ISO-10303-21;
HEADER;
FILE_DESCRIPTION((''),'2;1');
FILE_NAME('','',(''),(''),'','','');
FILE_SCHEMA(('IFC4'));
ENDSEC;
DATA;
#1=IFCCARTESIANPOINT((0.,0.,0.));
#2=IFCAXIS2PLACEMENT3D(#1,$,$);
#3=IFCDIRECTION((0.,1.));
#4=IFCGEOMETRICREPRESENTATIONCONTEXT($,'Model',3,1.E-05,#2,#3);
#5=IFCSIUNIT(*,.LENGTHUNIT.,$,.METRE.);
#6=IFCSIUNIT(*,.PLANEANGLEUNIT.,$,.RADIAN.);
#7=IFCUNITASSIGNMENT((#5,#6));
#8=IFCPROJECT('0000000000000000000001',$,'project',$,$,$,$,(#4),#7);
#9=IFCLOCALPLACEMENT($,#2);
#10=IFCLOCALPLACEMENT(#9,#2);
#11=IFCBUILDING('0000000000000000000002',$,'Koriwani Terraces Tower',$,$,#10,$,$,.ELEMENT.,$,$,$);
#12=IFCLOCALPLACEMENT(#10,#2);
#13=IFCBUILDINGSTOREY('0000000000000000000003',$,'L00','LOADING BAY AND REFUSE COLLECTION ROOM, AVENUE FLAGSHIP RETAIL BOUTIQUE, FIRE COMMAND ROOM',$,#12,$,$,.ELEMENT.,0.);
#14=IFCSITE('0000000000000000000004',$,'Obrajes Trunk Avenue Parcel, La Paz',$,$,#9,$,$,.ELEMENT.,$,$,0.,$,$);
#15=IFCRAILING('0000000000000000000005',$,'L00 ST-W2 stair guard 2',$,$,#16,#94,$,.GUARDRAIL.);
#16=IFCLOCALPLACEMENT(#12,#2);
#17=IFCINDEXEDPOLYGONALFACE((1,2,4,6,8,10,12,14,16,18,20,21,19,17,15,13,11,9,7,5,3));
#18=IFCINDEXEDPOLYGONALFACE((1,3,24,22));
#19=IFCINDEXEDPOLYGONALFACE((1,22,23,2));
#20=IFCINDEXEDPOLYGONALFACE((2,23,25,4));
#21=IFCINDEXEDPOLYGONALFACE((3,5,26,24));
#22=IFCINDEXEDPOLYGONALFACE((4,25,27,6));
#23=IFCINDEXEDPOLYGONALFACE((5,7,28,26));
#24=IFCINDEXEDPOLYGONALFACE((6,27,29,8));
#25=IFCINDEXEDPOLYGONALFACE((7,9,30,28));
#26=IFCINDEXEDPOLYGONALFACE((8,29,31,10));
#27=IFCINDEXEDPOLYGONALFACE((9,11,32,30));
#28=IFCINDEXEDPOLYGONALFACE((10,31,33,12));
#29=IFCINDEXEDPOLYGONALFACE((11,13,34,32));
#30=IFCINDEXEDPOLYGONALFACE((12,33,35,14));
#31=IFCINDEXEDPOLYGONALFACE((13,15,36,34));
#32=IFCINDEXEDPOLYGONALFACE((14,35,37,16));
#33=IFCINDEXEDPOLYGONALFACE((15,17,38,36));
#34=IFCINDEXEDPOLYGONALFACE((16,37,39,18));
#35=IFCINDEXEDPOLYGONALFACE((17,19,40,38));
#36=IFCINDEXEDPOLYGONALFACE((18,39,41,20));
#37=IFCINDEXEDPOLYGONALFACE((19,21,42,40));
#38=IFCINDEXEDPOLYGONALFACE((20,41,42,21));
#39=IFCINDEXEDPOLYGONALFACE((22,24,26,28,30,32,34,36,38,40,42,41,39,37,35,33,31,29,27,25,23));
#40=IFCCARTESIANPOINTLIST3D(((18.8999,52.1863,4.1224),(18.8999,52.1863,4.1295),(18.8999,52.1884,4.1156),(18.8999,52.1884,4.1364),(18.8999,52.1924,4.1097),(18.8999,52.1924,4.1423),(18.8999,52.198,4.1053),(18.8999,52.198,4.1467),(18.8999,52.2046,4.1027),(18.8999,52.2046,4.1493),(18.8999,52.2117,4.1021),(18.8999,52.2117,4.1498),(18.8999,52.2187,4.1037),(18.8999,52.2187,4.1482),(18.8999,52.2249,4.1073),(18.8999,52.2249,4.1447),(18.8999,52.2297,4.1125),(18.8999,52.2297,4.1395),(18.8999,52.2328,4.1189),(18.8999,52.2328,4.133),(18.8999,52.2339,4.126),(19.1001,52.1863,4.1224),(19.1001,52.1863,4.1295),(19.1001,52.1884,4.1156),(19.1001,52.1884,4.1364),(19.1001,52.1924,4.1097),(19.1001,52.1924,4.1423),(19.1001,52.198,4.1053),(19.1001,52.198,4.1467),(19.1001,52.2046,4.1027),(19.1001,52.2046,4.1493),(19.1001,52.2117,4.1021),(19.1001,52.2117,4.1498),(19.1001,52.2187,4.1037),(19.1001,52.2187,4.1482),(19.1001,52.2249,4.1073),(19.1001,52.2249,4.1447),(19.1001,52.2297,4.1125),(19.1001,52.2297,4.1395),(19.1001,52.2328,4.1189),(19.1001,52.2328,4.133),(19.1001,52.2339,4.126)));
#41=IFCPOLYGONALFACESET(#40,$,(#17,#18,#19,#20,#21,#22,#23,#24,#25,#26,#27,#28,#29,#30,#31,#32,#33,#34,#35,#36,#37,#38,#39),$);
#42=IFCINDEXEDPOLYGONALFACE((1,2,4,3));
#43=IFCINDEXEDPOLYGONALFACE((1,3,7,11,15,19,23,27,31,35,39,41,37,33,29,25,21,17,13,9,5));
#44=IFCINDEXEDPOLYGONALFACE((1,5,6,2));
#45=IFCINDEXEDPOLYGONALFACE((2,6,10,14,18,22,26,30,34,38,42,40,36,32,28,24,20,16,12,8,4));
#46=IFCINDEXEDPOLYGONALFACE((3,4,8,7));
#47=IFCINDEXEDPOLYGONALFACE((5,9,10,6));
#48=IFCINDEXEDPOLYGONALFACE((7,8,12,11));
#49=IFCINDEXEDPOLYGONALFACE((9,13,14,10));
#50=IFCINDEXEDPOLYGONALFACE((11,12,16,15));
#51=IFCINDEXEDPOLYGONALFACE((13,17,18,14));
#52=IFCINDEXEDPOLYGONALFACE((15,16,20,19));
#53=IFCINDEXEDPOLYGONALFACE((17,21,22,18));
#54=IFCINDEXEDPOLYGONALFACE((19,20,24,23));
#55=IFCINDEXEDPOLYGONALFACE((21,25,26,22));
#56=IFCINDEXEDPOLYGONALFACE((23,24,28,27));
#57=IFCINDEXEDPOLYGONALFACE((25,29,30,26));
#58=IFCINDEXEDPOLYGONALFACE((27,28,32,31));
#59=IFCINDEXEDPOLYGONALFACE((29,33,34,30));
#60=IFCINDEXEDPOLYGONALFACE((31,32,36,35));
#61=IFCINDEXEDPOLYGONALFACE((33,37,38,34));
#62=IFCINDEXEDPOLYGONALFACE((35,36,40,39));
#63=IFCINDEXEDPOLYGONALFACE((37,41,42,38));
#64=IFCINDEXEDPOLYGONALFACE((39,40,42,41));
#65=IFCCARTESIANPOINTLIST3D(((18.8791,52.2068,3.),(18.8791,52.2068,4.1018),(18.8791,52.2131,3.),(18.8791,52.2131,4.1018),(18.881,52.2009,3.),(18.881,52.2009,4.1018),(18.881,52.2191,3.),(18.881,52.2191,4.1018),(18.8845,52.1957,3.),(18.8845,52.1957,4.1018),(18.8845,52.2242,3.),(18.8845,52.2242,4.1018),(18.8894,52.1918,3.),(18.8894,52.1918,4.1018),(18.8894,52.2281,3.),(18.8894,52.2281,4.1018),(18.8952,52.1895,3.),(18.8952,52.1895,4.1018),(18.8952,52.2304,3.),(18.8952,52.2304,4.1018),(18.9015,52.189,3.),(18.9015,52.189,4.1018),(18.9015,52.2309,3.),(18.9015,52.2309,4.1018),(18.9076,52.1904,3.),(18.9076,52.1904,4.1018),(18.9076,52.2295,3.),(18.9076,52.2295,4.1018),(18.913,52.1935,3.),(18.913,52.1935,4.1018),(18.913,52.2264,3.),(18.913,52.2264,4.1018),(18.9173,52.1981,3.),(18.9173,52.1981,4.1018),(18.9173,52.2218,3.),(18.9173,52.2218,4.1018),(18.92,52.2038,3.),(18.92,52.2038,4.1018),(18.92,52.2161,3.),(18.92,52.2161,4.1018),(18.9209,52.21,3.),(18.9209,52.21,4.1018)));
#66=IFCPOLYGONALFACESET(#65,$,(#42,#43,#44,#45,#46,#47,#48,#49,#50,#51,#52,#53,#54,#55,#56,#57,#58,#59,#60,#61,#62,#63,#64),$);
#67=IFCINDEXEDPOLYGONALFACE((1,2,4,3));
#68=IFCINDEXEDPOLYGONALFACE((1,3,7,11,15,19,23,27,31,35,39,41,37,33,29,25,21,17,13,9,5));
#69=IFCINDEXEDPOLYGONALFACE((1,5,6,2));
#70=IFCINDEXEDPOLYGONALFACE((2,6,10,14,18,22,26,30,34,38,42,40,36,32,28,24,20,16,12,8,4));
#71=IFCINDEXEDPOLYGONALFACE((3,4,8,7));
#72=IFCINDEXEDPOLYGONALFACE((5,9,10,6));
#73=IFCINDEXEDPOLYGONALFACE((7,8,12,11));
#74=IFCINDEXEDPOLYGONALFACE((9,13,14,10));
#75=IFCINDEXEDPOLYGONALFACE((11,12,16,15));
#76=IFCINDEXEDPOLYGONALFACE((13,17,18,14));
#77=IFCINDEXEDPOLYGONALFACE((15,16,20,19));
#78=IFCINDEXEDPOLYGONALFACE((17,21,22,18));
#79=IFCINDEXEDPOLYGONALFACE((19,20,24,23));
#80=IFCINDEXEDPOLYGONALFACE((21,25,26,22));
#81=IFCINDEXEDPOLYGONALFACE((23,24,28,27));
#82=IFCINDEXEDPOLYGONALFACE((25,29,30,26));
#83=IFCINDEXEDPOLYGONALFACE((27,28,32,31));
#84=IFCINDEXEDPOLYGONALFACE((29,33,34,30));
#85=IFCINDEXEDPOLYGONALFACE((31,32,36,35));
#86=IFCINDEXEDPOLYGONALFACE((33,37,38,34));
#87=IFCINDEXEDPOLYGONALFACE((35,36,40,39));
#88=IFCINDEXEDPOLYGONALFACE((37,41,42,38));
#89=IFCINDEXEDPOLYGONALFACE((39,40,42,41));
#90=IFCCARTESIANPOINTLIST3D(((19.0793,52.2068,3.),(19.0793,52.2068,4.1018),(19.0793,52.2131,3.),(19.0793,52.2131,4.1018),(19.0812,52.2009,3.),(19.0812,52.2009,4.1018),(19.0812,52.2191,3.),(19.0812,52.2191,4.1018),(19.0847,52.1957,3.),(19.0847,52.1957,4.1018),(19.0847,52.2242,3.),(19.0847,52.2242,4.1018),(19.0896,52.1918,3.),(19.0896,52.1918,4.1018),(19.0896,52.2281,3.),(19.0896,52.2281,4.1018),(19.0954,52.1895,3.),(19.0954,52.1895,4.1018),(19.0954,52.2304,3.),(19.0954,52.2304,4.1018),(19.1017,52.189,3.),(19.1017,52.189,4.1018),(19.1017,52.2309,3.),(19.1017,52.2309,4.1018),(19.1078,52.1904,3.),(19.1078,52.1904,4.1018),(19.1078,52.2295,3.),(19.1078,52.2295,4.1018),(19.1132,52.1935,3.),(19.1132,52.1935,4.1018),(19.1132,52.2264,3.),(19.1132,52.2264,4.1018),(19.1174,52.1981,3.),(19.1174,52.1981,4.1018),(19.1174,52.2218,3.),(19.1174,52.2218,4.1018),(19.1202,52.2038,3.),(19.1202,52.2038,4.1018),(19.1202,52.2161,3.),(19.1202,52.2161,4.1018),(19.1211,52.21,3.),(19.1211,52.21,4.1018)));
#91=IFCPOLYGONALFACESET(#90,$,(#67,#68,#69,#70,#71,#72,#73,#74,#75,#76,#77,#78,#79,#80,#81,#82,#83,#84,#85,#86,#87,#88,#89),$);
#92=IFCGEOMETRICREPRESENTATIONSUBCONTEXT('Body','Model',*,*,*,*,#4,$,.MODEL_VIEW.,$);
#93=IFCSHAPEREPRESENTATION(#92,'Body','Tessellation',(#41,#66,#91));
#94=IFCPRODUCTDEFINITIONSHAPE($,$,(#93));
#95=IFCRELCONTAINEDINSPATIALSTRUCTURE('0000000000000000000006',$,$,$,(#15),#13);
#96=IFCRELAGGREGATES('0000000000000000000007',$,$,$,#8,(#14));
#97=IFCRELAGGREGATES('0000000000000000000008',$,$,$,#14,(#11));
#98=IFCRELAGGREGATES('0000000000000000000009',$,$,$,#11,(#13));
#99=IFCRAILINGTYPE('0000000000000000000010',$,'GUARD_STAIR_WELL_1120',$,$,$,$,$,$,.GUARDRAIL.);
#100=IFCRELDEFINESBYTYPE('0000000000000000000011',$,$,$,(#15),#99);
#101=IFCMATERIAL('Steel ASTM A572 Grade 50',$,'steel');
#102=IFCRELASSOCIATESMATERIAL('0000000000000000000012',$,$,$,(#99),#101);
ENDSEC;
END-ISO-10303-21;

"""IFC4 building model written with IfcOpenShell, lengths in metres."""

from ifc_helpers import new_model, si_unit, direction, frame, origin, origin_2d, place, context, subcontext, project, spatial, circle, extrude, material, type_object, element, save


model = new_model("IFC4")

# Units and contexts
model_context = context("Model", 3, precision=1e-05, world=origin(), true_north=direction((0.0, 1.0)))
body_context = subcontext(model_context, "Body", "Model", "MODEL_VIEW")
ifc_project = project(units=[si_unit("LENGTHUNIT", "METRE"), si_unit("PLANEANGLEUNIT", "RADIAN")], contexts=[model_context])

# Site, building, storey
site_placement = place(None, origin())
site = spatial("IfcSite", under=ifc_project, at=site_placement, Name="Obrajes Trunk Avenue Parcel, La Paz", CompositionType="ELEMENT", RefElevation=0.0)
building_placement = place(site_placement, origin())
building = spatial("IfcBuilding", under=site, at=building_placement, Name="Koriwani Terraces Tower", CompositionType="ELEMENT")
storey_placement = place(building_placement, origin())
storey = spatial("IfcBuildingStorey", under=building, at=storey_placement, Name="L00", Description="LOADING BAY AND REFUSE COLLECTION ROOM, AVENUE FLAGSHIP RETAIL BOUTIQUE, FIRE COMMAND ROOM", CompositionType="ELEMENT", Elevation=0.0)

# Shared definitions
ifc_material_1 = material(Name="Steel ASTM A572 Grade 50", Category="steel")

# Railing
railing_type_1 = type_object("IfcRailingType", Name="GUARD_STAIR_WELL_1120", PredefinedType="GUARDRAIL", material=ifc_material_1)
railing_1_placement = place(storey_placement, frame((18.8999, 52.21, 3.0)))
element("IfcRailing", 1, at=railing_1_placement, inside=storey, type_object=railing_type_1, Name="L00 ST-W2 stair guard 2", PredefinedType="GUARDRAIL", context=body_context, shape_type="SweptSolid", body=[
    extrude(circle(Radius=0.0239, at=origin_2d()), frame((0.0, 0.0, 1.126), z_axis=(1.0, 0.0, 0.0), x_axis=(0.0, 1.0, 0.0)), (0.0, 0.0, 1.0), 0.2002),
    extrude(circle(Radius=0.021, at=origin_2d()), origin(), (0.0, 0.0, 1.0), 1.1018),
    extrude(circle(Radius=0.021, at=origin_2d()), frame((0.2002, 0.0, 0.0)), (0.0, 0.0, 1.0), 1.1018),
])

save(model, "model.ifc")
